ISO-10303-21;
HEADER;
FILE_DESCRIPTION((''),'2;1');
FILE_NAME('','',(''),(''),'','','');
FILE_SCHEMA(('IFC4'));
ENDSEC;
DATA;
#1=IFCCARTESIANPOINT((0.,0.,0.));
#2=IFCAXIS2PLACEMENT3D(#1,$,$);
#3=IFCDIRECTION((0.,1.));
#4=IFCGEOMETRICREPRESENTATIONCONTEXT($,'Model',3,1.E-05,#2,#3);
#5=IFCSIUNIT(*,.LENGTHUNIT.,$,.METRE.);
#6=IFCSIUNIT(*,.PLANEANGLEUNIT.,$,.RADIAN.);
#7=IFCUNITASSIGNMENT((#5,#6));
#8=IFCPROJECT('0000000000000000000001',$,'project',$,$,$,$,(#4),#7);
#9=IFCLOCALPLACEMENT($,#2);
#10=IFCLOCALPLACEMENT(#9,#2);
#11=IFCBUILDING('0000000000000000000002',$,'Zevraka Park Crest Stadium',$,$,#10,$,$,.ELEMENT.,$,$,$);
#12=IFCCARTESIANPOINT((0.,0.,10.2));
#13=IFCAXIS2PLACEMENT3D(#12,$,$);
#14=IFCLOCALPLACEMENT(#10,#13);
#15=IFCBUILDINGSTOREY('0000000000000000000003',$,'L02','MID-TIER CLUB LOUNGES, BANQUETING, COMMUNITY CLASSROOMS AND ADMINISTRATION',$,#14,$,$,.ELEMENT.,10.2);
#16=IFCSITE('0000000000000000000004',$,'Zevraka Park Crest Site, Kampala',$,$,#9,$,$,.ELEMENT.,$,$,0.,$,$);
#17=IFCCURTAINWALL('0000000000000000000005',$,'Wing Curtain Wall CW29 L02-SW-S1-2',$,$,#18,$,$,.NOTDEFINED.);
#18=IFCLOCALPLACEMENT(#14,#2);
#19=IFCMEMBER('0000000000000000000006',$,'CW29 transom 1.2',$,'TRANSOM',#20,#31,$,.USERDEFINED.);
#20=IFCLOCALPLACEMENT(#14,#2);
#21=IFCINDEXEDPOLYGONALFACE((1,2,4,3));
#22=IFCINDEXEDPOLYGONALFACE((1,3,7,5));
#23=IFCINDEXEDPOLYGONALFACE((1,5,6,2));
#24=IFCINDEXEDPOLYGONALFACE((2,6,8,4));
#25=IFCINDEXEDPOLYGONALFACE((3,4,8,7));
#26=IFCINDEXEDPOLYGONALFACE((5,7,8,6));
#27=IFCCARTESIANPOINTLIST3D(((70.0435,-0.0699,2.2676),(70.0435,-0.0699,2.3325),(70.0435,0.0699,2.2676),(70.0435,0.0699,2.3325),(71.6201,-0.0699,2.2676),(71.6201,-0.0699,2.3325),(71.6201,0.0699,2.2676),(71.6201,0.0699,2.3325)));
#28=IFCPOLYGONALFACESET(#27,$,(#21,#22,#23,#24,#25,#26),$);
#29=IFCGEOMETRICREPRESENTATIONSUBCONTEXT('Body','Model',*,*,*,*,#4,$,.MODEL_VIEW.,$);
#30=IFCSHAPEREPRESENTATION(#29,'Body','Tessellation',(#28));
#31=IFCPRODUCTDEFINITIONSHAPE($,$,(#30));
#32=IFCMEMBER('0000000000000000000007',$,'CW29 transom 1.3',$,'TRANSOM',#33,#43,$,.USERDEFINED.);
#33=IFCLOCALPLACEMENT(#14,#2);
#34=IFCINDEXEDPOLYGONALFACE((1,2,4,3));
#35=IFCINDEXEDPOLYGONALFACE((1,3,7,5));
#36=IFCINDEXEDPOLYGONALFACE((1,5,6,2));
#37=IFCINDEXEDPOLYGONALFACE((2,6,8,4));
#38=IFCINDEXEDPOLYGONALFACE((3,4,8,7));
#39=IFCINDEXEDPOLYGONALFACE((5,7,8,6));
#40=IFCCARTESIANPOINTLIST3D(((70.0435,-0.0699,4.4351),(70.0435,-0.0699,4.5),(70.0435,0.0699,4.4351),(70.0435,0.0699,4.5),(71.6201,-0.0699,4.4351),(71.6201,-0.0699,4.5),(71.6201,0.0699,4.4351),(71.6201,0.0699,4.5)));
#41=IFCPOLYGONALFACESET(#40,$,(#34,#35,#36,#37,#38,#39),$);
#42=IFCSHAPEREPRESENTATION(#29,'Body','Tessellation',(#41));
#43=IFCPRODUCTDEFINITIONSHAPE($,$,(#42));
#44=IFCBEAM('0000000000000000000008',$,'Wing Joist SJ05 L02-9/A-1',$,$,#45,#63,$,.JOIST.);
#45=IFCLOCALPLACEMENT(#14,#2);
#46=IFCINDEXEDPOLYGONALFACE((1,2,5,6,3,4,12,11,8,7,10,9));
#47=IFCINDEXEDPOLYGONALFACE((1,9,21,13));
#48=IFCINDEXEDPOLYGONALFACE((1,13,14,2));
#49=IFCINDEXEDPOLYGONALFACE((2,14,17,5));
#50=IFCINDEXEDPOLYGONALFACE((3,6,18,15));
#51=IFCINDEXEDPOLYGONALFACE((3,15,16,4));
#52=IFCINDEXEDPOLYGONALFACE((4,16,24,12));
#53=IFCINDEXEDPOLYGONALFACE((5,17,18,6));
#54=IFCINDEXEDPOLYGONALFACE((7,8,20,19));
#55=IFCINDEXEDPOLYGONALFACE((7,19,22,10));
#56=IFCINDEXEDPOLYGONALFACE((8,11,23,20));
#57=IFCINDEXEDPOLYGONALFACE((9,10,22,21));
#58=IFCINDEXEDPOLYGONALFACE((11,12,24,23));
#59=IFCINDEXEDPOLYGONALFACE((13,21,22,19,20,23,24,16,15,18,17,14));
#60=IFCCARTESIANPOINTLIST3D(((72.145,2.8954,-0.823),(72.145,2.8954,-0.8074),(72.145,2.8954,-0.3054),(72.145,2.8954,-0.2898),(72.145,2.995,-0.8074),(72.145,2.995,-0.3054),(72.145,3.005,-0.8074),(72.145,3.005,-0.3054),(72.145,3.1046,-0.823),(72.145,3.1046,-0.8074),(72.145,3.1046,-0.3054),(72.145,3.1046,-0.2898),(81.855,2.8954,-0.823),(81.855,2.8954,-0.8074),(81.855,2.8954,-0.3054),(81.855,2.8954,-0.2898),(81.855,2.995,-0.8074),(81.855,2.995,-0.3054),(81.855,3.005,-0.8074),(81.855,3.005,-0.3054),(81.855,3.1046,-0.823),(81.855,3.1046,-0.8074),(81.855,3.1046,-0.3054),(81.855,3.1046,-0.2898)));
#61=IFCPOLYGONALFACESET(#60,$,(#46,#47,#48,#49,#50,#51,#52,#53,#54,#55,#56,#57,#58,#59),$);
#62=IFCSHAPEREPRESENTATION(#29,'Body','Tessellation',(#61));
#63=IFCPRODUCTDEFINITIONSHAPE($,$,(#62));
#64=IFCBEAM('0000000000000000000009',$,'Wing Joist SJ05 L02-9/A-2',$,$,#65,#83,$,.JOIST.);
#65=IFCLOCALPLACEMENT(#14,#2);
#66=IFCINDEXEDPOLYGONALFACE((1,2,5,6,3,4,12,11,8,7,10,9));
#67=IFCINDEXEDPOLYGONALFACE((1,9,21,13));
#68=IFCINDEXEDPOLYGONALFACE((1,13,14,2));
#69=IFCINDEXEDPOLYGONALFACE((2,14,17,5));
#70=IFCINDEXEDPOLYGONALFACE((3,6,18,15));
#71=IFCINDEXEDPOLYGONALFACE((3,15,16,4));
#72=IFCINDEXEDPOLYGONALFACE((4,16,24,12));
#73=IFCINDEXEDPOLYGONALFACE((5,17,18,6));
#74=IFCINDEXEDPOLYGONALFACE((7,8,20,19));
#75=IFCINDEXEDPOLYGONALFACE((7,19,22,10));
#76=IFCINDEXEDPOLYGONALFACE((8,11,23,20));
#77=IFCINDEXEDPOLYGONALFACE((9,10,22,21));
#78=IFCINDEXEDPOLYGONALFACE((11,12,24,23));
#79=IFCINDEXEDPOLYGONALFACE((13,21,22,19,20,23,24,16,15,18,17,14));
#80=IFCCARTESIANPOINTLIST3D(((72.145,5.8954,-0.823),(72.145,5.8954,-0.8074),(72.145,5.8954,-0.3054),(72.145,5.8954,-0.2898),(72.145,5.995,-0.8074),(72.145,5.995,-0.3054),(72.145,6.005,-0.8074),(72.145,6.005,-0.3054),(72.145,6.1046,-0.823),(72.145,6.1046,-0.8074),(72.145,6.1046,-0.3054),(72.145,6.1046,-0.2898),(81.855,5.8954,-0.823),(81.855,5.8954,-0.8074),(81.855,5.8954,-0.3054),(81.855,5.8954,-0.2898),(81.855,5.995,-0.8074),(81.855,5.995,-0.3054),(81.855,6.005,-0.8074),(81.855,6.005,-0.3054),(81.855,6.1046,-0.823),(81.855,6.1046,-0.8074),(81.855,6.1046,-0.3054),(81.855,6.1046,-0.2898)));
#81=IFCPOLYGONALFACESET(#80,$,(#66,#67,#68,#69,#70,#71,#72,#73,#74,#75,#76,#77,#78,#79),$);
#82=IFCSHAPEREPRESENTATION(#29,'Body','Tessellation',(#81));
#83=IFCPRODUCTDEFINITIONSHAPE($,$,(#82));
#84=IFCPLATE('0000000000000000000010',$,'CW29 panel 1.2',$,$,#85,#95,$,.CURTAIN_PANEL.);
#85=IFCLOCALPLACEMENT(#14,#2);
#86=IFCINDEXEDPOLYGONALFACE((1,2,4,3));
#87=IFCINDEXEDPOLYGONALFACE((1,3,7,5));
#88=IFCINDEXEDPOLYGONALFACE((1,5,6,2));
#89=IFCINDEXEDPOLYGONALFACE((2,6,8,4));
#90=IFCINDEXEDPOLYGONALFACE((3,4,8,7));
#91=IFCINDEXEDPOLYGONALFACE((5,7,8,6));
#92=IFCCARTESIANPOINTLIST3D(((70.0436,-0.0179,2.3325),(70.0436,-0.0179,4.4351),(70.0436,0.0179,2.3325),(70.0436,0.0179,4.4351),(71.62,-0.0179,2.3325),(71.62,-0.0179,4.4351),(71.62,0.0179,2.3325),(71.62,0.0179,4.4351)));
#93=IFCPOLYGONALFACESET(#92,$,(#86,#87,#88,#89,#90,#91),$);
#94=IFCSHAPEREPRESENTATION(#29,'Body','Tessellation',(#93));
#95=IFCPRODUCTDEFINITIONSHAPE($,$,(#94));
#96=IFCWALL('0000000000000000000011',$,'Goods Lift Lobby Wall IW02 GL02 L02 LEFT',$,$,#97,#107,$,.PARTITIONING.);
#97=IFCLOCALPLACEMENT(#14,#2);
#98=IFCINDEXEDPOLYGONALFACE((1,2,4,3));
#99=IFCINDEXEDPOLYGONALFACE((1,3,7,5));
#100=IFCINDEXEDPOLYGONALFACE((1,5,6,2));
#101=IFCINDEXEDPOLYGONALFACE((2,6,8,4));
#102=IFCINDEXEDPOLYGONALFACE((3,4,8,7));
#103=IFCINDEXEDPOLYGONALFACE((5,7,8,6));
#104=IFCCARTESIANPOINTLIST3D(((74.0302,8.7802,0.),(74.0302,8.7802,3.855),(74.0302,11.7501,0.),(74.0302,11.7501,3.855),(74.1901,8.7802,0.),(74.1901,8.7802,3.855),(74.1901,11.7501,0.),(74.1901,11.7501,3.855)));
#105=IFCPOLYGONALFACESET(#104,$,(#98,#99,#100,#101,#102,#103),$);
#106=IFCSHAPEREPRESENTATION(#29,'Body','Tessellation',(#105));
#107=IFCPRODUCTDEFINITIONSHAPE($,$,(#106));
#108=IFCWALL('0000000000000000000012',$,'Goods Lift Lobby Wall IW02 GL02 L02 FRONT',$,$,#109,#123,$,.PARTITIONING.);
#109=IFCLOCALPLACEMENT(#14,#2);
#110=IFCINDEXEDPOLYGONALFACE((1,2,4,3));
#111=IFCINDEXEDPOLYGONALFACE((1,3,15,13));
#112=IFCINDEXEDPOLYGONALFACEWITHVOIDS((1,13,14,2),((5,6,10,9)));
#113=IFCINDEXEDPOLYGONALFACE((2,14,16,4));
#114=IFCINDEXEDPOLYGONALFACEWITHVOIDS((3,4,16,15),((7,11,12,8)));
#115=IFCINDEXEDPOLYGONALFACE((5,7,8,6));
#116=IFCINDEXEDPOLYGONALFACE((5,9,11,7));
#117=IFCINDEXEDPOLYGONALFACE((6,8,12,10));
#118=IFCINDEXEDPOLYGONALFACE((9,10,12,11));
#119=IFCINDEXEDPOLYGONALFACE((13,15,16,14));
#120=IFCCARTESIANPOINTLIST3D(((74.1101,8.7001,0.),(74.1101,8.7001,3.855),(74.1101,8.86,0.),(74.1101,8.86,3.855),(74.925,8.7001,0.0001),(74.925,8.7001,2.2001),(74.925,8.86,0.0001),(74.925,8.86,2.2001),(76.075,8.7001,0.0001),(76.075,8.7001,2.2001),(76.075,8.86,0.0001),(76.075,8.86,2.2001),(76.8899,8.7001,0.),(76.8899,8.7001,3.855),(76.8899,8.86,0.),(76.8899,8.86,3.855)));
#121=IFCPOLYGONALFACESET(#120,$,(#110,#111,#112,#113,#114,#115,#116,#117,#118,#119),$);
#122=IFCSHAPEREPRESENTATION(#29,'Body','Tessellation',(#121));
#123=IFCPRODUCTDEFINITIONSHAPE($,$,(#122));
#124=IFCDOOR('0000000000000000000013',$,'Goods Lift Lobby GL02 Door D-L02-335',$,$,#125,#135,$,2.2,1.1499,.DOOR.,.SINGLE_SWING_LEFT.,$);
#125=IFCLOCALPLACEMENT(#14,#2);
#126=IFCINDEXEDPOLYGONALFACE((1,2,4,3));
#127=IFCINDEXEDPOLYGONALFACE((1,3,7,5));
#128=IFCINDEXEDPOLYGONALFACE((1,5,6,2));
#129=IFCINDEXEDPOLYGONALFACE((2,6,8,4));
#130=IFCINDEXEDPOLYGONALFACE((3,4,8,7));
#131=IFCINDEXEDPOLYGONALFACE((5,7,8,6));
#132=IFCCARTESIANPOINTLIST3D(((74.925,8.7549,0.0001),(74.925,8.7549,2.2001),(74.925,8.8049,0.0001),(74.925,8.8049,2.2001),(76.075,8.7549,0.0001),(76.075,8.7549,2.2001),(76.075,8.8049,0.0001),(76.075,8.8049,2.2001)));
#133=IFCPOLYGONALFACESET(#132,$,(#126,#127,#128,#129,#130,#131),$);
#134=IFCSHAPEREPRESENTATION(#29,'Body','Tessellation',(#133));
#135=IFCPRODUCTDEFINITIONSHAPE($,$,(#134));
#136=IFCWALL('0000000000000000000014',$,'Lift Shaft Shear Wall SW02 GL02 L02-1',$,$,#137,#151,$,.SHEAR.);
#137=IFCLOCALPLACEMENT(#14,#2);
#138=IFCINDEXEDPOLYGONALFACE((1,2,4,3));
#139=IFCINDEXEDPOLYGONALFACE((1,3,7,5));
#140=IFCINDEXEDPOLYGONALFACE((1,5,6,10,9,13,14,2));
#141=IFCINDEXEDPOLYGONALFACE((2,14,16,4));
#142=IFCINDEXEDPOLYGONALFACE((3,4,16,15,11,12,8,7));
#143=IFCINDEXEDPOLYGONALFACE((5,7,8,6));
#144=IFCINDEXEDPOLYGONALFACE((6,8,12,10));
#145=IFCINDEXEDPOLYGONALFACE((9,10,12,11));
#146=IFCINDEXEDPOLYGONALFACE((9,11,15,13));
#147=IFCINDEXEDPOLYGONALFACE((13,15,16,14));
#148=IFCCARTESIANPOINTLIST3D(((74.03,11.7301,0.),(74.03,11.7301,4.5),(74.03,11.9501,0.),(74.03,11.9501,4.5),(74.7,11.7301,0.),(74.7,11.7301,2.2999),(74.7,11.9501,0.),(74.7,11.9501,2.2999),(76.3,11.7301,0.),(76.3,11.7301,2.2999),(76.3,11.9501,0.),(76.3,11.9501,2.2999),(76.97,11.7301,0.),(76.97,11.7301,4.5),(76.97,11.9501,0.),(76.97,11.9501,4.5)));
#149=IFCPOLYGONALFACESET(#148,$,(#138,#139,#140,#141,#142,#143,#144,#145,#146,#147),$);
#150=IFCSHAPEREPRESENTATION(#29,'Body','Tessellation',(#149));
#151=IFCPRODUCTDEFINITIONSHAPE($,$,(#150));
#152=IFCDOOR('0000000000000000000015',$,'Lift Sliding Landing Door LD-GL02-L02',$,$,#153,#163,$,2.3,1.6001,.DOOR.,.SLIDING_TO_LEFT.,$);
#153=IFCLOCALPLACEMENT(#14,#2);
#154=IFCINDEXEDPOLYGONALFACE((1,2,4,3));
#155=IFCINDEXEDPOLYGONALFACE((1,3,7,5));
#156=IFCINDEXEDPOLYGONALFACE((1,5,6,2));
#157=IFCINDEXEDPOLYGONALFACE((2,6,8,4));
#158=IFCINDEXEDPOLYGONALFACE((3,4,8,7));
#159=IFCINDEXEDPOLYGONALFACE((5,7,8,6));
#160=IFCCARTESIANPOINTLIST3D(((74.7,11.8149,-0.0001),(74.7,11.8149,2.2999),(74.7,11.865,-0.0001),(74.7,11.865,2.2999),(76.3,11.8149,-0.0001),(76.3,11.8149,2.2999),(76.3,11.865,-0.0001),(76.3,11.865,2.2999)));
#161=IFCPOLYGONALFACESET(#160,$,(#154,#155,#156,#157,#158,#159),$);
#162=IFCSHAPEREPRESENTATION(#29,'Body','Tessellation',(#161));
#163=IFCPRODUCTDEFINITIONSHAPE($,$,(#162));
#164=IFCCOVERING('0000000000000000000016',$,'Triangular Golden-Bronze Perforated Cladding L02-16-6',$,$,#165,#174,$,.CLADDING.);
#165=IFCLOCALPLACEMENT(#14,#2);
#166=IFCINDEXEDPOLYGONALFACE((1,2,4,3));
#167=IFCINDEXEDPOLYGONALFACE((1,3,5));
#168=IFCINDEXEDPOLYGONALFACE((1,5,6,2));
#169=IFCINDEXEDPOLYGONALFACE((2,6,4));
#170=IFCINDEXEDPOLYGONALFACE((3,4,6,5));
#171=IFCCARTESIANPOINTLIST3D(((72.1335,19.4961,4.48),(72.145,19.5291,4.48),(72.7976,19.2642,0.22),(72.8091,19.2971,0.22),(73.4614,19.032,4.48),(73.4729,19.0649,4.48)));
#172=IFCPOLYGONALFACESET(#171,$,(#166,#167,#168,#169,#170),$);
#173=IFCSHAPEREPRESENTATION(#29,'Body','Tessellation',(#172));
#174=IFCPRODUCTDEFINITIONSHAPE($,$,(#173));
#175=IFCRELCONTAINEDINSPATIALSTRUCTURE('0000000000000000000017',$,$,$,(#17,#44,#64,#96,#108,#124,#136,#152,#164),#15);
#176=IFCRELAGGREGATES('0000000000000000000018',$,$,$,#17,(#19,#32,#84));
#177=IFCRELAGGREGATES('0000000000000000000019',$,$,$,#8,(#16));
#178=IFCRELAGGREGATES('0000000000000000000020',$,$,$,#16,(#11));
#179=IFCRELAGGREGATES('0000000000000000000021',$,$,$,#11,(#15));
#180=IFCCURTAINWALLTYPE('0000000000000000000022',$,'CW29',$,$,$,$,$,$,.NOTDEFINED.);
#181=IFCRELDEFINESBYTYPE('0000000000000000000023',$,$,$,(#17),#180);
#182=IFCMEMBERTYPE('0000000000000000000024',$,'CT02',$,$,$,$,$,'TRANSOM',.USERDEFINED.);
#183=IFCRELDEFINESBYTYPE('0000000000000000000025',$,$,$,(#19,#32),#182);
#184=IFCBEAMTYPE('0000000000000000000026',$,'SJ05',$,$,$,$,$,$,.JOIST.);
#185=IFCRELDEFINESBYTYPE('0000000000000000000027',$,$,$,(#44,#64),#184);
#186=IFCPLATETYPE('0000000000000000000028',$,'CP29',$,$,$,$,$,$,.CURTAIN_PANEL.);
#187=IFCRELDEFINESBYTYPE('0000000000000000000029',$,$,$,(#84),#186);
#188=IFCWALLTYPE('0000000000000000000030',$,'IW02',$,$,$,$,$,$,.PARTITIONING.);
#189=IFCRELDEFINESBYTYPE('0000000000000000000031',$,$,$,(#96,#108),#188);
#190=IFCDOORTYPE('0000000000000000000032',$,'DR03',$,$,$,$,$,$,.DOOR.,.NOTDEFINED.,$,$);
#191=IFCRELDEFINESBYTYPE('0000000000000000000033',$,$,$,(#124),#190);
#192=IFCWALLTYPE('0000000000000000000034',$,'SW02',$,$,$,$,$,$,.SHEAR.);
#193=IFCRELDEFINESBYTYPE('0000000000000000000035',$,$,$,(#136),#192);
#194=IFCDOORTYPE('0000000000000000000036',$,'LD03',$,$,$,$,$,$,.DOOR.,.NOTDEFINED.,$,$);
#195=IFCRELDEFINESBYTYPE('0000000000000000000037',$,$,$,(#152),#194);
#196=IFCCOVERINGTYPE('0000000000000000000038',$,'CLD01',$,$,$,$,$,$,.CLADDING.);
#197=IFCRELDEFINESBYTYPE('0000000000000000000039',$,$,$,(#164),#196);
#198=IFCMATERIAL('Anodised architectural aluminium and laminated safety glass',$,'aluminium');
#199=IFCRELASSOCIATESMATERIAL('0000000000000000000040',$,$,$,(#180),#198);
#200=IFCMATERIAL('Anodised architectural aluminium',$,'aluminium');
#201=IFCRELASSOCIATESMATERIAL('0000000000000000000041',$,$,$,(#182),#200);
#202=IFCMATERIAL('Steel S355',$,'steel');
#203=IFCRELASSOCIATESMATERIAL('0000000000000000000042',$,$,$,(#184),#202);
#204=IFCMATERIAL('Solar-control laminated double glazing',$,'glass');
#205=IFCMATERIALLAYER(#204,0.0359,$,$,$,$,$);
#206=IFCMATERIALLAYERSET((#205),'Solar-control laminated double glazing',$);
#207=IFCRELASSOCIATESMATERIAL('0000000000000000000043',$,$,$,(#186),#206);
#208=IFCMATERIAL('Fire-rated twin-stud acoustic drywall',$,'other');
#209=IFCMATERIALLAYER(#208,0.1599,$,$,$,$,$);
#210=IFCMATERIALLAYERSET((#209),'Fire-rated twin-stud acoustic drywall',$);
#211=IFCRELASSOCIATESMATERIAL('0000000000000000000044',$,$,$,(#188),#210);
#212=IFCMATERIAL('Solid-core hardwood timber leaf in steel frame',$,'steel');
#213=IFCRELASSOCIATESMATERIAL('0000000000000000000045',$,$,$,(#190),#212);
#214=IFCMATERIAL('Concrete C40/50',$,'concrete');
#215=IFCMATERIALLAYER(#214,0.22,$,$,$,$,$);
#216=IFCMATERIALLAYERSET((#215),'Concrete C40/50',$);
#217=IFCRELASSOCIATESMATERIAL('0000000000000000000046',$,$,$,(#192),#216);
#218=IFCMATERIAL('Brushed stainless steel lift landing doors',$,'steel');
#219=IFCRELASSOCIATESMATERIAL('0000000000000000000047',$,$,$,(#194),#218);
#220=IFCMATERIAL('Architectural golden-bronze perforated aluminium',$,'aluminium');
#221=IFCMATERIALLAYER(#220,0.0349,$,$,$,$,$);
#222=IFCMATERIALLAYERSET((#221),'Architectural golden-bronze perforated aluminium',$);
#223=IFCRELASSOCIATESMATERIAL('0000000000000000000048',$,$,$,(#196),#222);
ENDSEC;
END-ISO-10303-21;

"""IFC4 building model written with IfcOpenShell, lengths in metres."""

from ifc_helpers import new_model, si_unit, direction, frame, frame_2d, origin, origin_2d, place, context, subcontext, project, spatial, polyline, rectangle, i_section, outline, extrude, material, layer, layer_set, material_profile, profile_set, type_object, element, fill, aggregate, save


model = new_model("IFC4")

# Units and contexts
model_context = context("Model", 3, precision=1e-05, world=origin(), true_north=direction((0.0, 1.0)))
body_context = subcontext(model_context, "Body", "Model", "MODEL_VIEW")
ifc_project = project(units=[si_unit("LENGTHUNIT", "METRE"), si_unit("PLANEANGLEUNIT", "RADIAN")], contexts=[model_context])

# Site, building, storey
site_placement = place(None, origin())
site = spatial("IfcSite", under=ifc_project, at=site_placement, Name="Zevraka Park Crest Site, Kampala", CompositionType="ELEMENT", RefElevation=0.0)
building_placement = place(site_placement, origin())
building = spatial("IfcBuilding", under=site, at=building_placement, Name="Zevraka Park Crest Stadium", CompositionType="ELEMENT")
storey_placement = place(building_placement, frame((0.0, 0.0, 10.2)))
storey = spatial("IfcBuildingStorey", under=building, at=storey_placement, Name="L02", Description="MID-TIER CLUB LOUNGES, BANQUETING, COMMUNITY CLASSROOMS AND ADMINISTRATION", CompositionType="ELEMENT", Elevation=10.2)

# Curtain wall
ifc_material_1 = material(Name="Anodised architectural aluminium and laminated safety glass", Category="aluminium")
curtain_wall_type_1 = type_object("IfcCurtainWallType", Name="CW29", PredefinedType="NOTDEFINED", material=ifc_material_1)
curtain_wall_1_placement = place(storey_placement, origin())
curtain_wall_1 = element("IfcCurtainWall", 1, at=curtain_wall_1_placement, inside=storey, type_object=curtain_wall_type_1, Name="Wing Curtain Wall CW29 L02-SW-S1-2", PredefinedType="NOTDEFINED")

# Members
ifc_material_2 = material(Name="Anodised architectural aluminium", Category="aluminium")
ifc_material_profile_1 = material_profile(ifc_material_2, rectangle(XDim=0.1399, YDim=0.0649, at=origin_2d()), Name="ALU TRANSOM 140x65")
ifc_profile_set_1 = profile_set([ifc_material_profile_1], Name="Anodised architectural aluminium")
member_type_1 = type_object("IfcMemberType", Name="CT02", ElementType="TRANSOM", PredefinedType="USERDEFINED", material=ifc_profile_set_1)
member_1_placement = place(storey_placement, frame((71.6201, 0.0, 2.3), z_axis=(-1.0, 0.0, 0.0), x_axis=(0.0, -1.0, 0.0)))
member_1 = element("IfcMember", 2, at=member_1_placement, type_object=member_type_1, Name="CW29 transom 1.2", ObjectType="TRANSOM", PredefinedType="USERDEFINED", context=body_context, shape_type="SweptSolid", body=[
    extrude(rectangle(XDim=0.1399, YDim=0.0649, at=origin_2d()), origin(), (0.0, 0.0, 1.0), 1.5767),
])
member_2_placement = place(storey_placement, frame((71.6201, 0.0, 4.4675), z_axis=(-1.0, 0.0, 0.0), x_axis=(0.0, -1.0, 0.0)))
member_2 = element("IfcMember", 3, at=member_2_placement, type_object=member_type_1, Name="CW29 transom 1.3", ObjectType="TRANSOM", PredefinedType="USERDEFINED", context=body_context, shape_type="SweptSolid", body=[
    extrude(rectangle(XDim=0.1399, YDim=0.0649, at=origin_2d()), origin(), (0.0, 0.0, 1.0), 1.5767),
])

# Beams
ifc_material_3 = material(Name="Steel S355", Category="steel")
ifc_material_profile_2 = material_profile(ifc_material_3, i_section(OverallWidth=0.2092, OverallDepth=0.5332, WebThickness=0.01, FlangeThickness=0.0156, at=origin_2d()), Name="UKB 533x210x92")
ifc_profile_set_2 = profile_set([ifc_material_profile_2], Name="Steel S355")
beam_type_1 = type_object("IfcBeamType", Name="SJ05", PredefinedType="JOIST", material=ifc_profile_set_2)
for number, where, z_axis, x_axis, name in (
    (4, (72.145, 3.0, -0.5564), (1.0, 0.0, 0.0), (0.0, 1.0, 0.0), "Wing Joist SJ05 L02-9/A-1"),
    (5, (72.145, 6.0, -0.5564), (1.0, 0.0, 0.0), (0.0, 1.0, 0.0), "Wing Joist SJ05 L02-9/A-2"),
):
    element("IfcBeam", number, at=place(storey_placement, frame(where, z_axis=z_axis, x_axis=x_axis)), inside=storey, type_object=beam_type_1, Name=name, PredefinedType="JOIST", context=body_context, shape_type="SweptSolid", body=[
        extrude(i_section(OverallWidth=0.2092, OverallDepth=0.5332, WebThickness=0.01, FlangeThickness=0.0156, at=origin_2d()), origin(), (0.0, 0.0, 1.0), 9.71),
    ])

# Plate
ifc_material_4 = material(Name="Solar-control laminated double glazing", Category="glass")
ifc_layer_1 = layer(ifc_material_4, 0.0359)
ifc_layer_set_1 = layer_set([ifc_layer_1], Name="Solar-control laminated double glazing")
plate_type = type_object("IfcPlateType", Name="CP29", PredefinedType="CURTAIN_PANEL", material=ifc_layer_set_1)
plate_placement = place(storey_placement, frame((70.8318, 0.0, 2.3325), z_axis=(0.0, 0.0, 1.0), x_axis=(-1.0, 0.0, 0.0)))
plate = element("IfcPlate", 6, at=plate_placement, type_object=plate_type, Name="CW29 panel 1.2", PredefinedType="CURTAIN_PANEL", context=body_context, shape_type="SweptSolid", body=[
    extrude(rectangle(XDim=1.5764, YDim=0.0359, at=origin_2d()), origin(), (0.0, 0.0, 1.0), 2.1025),
])
aggregate(curtain_wall_1, [member_1, member_2, plate])

# Wall
ifc_material_5 = material(Name="Fire-rated twin-stud acoustic drywall", Category="other")
ifc_layer_2 = layer(ifc_material_5, 0.1599)
ifc_layer_set_2 = layer_set([ifc_layer_2], Name="Fire-rated twin-stud acoustic drywall")
wall_type_1 = type_object("IfcWallType", Name="IW02", PredefinedType="PARTITIONING", material=ifc_layer_set_2)
wall_1_placement = place(storey_placement, frame((74.1101, 11.75, 0.0), z_axis=(0.0, 0.0, 1.0), x_axis=(0.0, -1.0, 0.0)))
element("IfcWall", 7, at=wall_1_placement, inside=storey, type_object=wall_type_1, Name="Goods Lift Lobby Wall IW02 GL02 L02 LEFT", PredefinedType="PARTITIONING", context=body_context, shape_type="SweptSolid", body=[
    extrude(rectangle(XDim=2.97, YDim=0.1599, at=frame_2d((1.4849, 0.0))), origin(), (0.0, 0.0, 1.0), 3.855),
])

# Walls, openings, doors
wall_2_placement = place(storey_placement, frame((74.1101, 8.78, 0.0), z_axis=(0.0, 0.0, 1.0), x_axis=(1.0, 0.0, 0.0)))
wall_2 = element("IfcWall", 8, at=wall_2_placement, inside=storey, type_object=wall_type_1, Name="Goods Lift Lobby Wall IW02 GL02 L02 FRONT", PredefinedType="PARTITIONING", context=body_context, shape_type="SweptSolid", body=[
    extrude(rectangle(XDim=2.7798, YDim=0.1599, at=frame_2d((1.3899, 0.0))), origin(), (0.0, 0.0, 1.0), 3.855),
])
opening_1_placement = place(wall_2_placement, frame((0.8149, 0.0, 0.0)))
opening_1 = element("IfcOpeningElement", 9, at=opening_1_placement, cuts=wall_2, PredefinedType="OPENING", context=body_context, shape_type="SweptSolid", body=[
    extrude(rectangle(XDim=1.1499, YDim=2.2, at=frame_2d((0.575, 1.1001))), frame((0.0, 0.0898, 0.0), z_axis=(0.0, -1.0, 0.0), x_axis=(1.0, 0.0, 0.0)), (0.0, 0.0, 1.0), 0.1799),
])
ifc_material_6 = material(Name="Solid-core hardwood timber leaf in steel frame", Category="steel")
door_type_1 = type_object("IfcDoorType", Name="DR03", OperationType="NOTDEFINED", PredefinedType="DOOR", material=ifc_material_6)
door_1_placement = place(opening_1_placement, origin())
door_1 = element("IfcDoor", 10, at=door_1_placement, inside=storey, type_object=door_type_1, Name="Goods Lift Lobby GL02 Door D-L02-335", OperationType="SINGLE_SWING_LEFT", OverallHeight=2.2, OverallWidth=1.1499, PredefinedType="DOOR", context=body_context, shape_type="SweptSolid", body=[
    extrude(rectangle(XDim=1.1499, YDim=2.2, at=frame_2d((0.575, 1.1001))), frame((0.0, 0.0249, 0.0), z_axis=(0.0, -1.0, 0.0), x_axis=(1.0, 0.0, 0.0)), (0.0, 0.0, 1.0), 0.05),
])
fill(opening_1, door_1)
ifc_material_7 = material(Name="Concrete C40/50", Category="concrete")
ifc_layer_3 = layer(ifc_material_7, 0.22)
ifc_layer_set_3 = layer_set([ifc_layer_3], Name="Concrete C40/50")
wall_type_2 = type_object("IfcWallType", Name="SW02", PredefinedType="SHEAR", material=ifc_layer_set_3)
wall_3_placement = place(storey_placement, frame((74.03, 11.8401, 0.0), z_axis=(0.0, 0.0, 1.0), x_axis=(1.0, 0.0, 0.0)))
wall_3 = element("IfcWall", 11, at=wall_3_placement, inside=storey, type_object=wall_type_2, Name="Lift Shaft Shear Wall SW02 GL02 L02-1", PredefinedType="SHEAR", context=body_context, shape_type="SweptSolid", body=[
    extrude(rectangle(XDim=2.9399, YDim=0.22, at=frame_2d((1.47, 0.0))), origin(), (0.0, 0.0, 1.0), 4.5),
])
opening_2_placement = place(wall_3_placement, frame((0.6699, 0.0, 0.0)))
opening_2 = element("IfcOpeningElement", 12, at=opening_2_placement, cuts=wall_3, PredefinedType="OPENING", context=body_context, shape_type="SweptSolid", body=[
    extrude(rectangle(XDim=1.6001, YDim=2.3, at=frame_2d((0.8, 1.1499))), frame((0.0, 0.1199, 0.0), z_axis=(0.0, -1.0, 0.0), x_axis=(1.0, 0.0, 0.0)), (0.0, 0.0, 1.0), 0.24),
])
ifc_material_8 = material(Name="Brushed stainless steel lift landing doors", Category="steel")
door_type_2 = type_object("IfcDoorType", Name="LD03", OperationType="NOTDEFINED", PredefinedType="DOOR", material=ifc_material_8)
door_2_placement = place(opening_2_placement, origin())
door_2 = element("IfcDoor", 13, at=door_2_placement, inside=storey, type_object=door_type_2, Name="Lift Sliding Landing Door LD-GL02-L02", OperationType="SLIDING_TO_LEFT", OverallHeight=2.3, OverallWidth=1.6001, PredefinedType="DOOR", context=body_context, shape_type="SweptSolid", body=[
    extrude(rectangle(XDim=1.6001, YDim=2.3, at=frame_2d((0.8, 1.1499))), frame((0.0, 0.0249, 0.0), z_axis=(0.0, -1.0, 0.0), x_axis=(1.0, 0.0, 0.0)), (0.0, 0.0, 1.0), 0.05),
])
fill(opening_2, door_2)

# Covering
ifc_material_9 = material(Name="Architectural golden-bronze perforated aluminium", Category="aluminium")
ifc_layer_4 = layer(ifc_material_9, 0.0349)
ifc_layer_set_4 = layer_set([ifc_layer_4], Name="Architectural golden-bronze perforated aluminium")
covering_type = type_object("IfcCoveringType", Name="CLD01", PredefinedType="CLADDING", material=ifc_layer_set_4)
covering_1_placement = place(storey_placement, frame((73.4729, 19.0649, 4.48), z_axis=(0.329941, 0.944002, 0.000037), x_axis=(-0.944002, 0.329941, 0.0)))
element("IfcCovering", 14, at=covering_1_placement, inside=storey, type_object=covering_type, Name="Triangular Golden-Bronze Perforated Cladding L02-16-6", PredefinedType="CLADDING", context=body_context, shape_type="SweptSolid", body=[
    extrude(outline(polyline([(0.0, 0.0), (1.4067, 0.0), (0.7033, -4.26), (0.0, 0.0)])), origin(), (0.0, 0.0, -1.0), 0.0349),
])

save(model, "model.ifc")
